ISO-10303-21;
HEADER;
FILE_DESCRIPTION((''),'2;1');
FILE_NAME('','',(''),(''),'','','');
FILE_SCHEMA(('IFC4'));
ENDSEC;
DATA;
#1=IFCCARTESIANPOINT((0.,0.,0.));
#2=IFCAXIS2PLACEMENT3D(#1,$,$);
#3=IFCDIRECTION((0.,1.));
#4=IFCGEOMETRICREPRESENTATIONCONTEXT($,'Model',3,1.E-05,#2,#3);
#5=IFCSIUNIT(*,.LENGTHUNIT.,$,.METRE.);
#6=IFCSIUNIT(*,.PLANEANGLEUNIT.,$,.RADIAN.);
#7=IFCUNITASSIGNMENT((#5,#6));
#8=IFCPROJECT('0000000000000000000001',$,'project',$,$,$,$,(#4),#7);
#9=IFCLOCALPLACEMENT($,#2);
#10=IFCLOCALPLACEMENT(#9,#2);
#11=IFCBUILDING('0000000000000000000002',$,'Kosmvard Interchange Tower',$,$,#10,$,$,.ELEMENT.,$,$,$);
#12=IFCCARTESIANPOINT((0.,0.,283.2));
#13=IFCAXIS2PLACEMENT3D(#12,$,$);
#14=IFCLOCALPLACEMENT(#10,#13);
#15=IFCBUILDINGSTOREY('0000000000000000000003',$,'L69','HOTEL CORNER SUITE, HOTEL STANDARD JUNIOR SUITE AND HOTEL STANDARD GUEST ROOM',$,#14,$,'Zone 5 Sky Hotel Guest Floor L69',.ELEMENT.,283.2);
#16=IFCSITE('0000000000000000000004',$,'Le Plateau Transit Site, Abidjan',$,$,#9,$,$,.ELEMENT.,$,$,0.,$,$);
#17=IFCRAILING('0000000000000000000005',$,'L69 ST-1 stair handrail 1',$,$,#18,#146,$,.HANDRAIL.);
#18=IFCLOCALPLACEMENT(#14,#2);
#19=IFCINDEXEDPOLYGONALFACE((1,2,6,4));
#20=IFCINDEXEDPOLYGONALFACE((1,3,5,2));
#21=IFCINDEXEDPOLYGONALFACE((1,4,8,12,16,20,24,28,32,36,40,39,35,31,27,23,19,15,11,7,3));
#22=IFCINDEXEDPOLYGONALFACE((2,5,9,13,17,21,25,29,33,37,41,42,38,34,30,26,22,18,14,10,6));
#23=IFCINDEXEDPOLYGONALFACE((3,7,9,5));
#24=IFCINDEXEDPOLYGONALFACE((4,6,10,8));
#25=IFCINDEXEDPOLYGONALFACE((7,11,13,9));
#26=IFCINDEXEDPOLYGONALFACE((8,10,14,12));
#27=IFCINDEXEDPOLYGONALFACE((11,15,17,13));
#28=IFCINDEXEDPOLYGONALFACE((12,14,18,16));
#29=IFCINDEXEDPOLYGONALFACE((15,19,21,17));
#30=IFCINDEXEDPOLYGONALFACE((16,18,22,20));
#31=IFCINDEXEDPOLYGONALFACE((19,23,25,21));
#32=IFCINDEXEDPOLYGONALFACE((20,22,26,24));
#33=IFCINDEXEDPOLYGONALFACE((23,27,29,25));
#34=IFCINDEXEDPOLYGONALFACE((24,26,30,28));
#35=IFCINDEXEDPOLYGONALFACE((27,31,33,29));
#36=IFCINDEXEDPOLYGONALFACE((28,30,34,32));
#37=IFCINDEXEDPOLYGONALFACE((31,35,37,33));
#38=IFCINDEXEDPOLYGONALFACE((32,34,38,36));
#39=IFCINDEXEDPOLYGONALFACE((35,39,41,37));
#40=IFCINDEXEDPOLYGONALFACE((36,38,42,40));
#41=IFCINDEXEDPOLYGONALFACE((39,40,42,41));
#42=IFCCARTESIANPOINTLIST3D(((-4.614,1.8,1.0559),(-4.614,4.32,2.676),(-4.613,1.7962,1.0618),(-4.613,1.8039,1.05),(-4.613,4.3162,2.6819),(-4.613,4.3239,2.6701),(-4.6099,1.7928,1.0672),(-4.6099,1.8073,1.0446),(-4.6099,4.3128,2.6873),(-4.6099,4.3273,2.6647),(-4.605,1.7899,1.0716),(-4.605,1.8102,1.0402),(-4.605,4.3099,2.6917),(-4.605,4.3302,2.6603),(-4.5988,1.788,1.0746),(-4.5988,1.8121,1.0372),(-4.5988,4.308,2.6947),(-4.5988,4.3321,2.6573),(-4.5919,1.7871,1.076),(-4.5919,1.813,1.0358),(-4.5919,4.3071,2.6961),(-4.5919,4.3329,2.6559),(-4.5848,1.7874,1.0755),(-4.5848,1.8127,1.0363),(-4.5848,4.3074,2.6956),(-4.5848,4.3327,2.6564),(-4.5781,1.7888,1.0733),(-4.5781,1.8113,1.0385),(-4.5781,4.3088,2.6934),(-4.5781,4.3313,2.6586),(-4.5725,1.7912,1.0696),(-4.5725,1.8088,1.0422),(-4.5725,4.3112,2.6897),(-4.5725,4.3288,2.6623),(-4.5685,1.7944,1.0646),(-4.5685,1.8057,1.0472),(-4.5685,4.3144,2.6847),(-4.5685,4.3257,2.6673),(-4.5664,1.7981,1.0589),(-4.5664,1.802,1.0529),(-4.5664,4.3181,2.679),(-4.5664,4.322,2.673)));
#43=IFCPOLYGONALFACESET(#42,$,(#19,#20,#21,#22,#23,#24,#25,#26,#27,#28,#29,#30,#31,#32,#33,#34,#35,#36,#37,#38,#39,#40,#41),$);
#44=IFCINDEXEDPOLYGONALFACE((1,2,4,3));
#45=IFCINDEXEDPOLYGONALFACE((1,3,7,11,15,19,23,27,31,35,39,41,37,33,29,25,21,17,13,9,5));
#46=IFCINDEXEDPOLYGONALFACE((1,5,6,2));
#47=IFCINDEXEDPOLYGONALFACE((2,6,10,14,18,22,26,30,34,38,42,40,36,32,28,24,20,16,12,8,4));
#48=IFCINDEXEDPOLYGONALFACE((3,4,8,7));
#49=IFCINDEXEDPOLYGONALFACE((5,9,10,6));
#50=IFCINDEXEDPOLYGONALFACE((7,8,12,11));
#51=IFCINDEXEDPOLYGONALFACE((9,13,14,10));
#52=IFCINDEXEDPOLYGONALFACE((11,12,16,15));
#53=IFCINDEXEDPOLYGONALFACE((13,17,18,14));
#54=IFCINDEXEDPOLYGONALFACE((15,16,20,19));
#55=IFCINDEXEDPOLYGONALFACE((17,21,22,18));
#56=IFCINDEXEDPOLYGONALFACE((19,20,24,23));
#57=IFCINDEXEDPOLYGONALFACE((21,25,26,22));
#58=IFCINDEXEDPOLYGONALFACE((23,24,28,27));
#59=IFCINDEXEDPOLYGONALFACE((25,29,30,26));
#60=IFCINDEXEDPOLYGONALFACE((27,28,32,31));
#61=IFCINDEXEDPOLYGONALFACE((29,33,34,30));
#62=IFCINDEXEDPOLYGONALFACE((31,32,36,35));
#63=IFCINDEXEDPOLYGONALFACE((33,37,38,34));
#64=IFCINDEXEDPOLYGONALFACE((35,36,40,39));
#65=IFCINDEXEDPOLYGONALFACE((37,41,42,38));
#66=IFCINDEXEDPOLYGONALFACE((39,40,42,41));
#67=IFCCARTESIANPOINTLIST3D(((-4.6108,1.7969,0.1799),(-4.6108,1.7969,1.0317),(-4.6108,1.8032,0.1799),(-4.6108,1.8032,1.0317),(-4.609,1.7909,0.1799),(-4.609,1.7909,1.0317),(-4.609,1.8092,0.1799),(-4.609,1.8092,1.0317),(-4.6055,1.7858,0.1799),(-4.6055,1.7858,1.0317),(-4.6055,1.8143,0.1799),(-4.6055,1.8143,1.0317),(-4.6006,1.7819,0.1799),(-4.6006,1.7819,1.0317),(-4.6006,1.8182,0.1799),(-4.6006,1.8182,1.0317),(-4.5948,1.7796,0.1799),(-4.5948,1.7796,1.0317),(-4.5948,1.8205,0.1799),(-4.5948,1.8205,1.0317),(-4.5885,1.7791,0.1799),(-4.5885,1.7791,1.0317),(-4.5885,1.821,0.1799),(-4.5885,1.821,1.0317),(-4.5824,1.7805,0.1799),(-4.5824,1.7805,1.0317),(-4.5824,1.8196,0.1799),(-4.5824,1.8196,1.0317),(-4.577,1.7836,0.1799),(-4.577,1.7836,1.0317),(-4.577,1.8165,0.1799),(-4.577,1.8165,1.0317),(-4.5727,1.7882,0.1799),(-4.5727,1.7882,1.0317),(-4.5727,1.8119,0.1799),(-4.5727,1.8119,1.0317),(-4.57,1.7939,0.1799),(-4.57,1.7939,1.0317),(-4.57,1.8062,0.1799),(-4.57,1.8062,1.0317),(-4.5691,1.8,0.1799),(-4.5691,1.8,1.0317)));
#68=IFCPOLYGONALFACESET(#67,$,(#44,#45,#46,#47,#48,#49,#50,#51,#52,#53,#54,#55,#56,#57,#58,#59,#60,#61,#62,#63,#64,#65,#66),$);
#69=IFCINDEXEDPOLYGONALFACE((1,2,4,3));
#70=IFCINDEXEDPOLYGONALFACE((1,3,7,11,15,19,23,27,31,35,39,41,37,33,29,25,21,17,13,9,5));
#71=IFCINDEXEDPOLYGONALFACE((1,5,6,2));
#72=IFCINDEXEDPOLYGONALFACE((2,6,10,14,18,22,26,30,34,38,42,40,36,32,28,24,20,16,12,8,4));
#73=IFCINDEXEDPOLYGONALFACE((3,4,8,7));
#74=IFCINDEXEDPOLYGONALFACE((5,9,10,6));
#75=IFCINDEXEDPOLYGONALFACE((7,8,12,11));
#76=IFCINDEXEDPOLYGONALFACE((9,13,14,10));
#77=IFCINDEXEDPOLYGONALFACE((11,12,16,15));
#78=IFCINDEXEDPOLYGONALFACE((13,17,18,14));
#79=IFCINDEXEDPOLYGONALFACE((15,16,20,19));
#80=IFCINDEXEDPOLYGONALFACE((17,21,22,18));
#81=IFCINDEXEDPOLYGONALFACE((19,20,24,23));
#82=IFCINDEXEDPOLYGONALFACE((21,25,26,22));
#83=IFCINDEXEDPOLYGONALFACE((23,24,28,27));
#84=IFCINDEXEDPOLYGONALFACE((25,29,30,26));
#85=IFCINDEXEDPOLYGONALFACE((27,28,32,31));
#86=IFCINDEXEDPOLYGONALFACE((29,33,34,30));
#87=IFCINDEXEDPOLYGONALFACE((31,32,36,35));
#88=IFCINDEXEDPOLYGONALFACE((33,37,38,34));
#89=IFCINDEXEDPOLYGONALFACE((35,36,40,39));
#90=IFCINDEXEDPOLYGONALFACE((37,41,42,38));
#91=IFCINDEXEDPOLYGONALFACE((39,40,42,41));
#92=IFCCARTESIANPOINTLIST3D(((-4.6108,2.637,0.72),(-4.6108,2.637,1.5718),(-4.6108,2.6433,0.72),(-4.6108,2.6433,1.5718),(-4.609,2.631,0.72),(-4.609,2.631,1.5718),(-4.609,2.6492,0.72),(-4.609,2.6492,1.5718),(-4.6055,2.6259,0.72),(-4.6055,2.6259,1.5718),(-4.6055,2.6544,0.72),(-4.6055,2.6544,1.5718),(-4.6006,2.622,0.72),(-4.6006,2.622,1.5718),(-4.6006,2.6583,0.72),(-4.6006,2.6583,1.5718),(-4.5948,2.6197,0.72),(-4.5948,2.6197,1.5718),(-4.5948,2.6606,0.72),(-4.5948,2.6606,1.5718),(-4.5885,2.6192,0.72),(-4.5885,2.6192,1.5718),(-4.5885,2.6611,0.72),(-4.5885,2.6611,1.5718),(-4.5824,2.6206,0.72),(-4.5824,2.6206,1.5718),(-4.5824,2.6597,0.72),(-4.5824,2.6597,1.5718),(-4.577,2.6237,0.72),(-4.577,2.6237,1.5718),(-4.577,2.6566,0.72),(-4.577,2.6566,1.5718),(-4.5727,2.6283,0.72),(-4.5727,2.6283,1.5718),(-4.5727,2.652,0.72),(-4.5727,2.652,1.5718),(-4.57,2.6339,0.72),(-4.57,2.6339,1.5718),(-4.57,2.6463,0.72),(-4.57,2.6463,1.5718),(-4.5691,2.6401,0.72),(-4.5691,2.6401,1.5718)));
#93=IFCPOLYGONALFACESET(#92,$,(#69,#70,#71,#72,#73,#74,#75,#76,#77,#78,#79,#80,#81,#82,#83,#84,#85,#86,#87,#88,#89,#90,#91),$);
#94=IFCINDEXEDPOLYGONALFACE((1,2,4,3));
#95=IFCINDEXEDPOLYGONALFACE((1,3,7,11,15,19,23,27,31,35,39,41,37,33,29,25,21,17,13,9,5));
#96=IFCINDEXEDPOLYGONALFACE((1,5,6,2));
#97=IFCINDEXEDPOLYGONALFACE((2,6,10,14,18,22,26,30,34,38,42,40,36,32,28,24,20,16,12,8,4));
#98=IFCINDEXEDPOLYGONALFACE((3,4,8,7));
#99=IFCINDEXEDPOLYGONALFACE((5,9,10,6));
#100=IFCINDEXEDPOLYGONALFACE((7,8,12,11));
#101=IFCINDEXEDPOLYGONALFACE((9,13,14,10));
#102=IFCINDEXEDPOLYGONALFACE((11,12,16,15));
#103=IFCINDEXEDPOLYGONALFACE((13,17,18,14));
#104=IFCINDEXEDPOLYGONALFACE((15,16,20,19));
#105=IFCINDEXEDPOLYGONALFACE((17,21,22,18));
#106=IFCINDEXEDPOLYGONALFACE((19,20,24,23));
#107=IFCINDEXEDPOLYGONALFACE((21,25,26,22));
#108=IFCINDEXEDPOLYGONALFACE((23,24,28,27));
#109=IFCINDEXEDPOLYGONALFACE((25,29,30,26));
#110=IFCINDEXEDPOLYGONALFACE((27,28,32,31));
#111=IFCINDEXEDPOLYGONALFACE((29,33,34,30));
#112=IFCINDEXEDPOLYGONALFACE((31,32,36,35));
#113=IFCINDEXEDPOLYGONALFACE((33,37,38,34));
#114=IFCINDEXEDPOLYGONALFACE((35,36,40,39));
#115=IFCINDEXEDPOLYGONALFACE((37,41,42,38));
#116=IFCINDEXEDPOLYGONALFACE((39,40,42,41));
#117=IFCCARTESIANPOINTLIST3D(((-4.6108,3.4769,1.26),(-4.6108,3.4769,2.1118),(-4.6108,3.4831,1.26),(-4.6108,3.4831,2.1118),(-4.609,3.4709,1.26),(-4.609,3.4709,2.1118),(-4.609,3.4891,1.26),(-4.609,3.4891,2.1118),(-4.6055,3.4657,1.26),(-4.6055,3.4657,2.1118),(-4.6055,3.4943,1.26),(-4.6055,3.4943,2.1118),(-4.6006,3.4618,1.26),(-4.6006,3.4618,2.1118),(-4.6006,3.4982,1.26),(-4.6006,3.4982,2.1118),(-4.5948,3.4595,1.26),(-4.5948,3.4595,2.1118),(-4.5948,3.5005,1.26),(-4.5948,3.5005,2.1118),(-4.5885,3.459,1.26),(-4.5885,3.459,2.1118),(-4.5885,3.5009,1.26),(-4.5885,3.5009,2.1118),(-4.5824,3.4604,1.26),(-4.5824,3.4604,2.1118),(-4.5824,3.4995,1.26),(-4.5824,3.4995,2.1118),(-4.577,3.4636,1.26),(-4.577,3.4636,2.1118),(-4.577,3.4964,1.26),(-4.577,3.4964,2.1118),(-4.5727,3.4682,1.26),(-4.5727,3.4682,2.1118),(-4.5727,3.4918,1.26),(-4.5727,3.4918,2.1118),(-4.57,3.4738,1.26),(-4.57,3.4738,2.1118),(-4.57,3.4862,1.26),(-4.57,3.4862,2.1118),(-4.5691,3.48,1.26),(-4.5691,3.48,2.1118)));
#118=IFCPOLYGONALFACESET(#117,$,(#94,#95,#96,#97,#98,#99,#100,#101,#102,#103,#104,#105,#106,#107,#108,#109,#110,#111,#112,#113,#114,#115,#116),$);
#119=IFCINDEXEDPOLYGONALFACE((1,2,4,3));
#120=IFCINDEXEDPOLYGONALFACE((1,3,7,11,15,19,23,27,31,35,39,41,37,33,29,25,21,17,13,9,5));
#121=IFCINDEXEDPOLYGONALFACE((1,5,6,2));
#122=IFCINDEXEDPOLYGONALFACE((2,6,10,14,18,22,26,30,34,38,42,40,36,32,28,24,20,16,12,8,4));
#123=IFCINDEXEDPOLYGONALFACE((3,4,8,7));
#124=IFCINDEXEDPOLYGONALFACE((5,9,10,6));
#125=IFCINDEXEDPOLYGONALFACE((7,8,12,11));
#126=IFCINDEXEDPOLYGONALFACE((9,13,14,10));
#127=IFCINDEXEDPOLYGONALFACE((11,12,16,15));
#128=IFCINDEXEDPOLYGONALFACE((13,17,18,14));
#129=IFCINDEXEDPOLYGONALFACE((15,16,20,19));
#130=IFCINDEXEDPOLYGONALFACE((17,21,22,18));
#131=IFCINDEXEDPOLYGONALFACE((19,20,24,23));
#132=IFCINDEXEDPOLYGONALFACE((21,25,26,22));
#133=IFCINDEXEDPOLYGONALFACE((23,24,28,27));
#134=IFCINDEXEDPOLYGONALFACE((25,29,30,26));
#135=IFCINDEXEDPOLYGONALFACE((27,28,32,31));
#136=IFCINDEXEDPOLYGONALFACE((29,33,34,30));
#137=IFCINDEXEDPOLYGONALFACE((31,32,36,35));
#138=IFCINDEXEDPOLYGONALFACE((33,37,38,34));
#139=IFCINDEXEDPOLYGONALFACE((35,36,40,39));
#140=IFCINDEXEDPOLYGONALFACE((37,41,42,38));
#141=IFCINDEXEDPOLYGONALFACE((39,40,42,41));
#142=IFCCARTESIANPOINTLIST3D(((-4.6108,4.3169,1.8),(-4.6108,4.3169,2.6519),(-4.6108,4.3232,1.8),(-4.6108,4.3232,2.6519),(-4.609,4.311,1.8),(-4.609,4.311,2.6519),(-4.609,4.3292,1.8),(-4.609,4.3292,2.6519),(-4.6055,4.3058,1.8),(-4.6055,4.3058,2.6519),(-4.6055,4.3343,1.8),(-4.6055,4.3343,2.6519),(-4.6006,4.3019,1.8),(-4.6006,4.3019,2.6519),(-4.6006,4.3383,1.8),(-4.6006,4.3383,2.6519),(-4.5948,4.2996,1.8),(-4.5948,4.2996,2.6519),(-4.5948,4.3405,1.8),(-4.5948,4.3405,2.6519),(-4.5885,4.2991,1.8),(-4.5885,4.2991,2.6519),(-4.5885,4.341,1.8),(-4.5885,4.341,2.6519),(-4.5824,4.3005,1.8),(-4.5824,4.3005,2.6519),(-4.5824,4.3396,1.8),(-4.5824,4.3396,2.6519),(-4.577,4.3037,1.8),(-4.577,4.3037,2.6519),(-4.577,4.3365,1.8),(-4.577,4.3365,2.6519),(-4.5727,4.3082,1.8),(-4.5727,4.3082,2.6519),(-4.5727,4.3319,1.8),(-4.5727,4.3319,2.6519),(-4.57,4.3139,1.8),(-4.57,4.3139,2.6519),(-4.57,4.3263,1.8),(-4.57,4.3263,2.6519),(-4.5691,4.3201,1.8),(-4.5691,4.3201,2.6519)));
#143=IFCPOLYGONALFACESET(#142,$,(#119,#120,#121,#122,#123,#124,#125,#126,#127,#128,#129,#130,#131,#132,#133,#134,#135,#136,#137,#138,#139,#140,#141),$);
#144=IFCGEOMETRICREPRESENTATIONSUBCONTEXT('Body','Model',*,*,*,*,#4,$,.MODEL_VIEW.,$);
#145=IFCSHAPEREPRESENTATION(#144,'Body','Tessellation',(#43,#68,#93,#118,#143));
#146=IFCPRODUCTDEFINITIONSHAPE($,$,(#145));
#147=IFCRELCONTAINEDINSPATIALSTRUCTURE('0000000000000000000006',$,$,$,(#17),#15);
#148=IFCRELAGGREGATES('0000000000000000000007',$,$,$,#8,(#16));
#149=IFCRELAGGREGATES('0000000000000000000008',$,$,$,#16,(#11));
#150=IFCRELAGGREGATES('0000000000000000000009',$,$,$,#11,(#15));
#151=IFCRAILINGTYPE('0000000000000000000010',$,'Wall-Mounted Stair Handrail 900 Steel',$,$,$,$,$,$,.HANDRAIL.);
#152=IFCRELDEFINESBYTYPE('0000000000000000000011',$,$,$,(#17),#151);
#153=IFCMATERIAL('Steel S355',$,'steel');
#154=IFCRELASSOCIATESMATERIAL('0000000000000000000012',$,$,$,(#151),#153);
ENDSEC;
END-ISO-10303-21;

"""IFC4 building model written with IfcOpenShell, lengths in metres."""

from ifc_helpers import new_model, si_unit, direction, frame, origin, origin_2d, place, context, subcontext, project, spatial, circle, extrude, source, transform, mapped, material, type_object, element, save


model = new_model("IFC4")

# Units and contexts
model_context = context("Model", 3, precision=1e-05, world=origin(), true_north=direction((0.0, 1.0)))
body_context = subcontext(model_context, "Body", "Model", "MODEL_VIEW")
ifc_project = project(units=[si_unit("LENGTHUNIT", "METRE"), si_unit("PLANEANGLEUNIT", "RADIAN")], contexts=[model_context])

# Site, building, storey
site_placement = place(None, origin())
site = spatial("IfcSite", under=ifc_project, at=site_placement, Name="Le Plateau Transit Site, Abidjan", CompositionType="ELEMENT", RefElevation=0.0)
building_placement = place(site_placement, origin())
building = spatial("IfcBuilding", under=site, at=building_placement, Name="Kosmvard Interchange Tower", CompositionType="ELEMENT")
storey_placement = place(building_placement, frame((0.0, 0.0, 283.2)))
storey = spatial("IfcBuildingStorey", under=building, at=storey_placement, Name="L69", Description="HOTEL CORNER SUITE, HOTEL STANDARD JUNIOR SUITE AND HOTEL STANDARD GUEST ROOM", LongName="Zone 5 Sky Hotel Guest Floor L69", CompositionType="ELEMENT", Elevation=283.2)

# Railing
ifc_material_1 = material(Name="Steel S355", Category="steel")
railing_type_1 = type_object("IfcRailingType", Name="Wall-Mounted Stair Handrail 900 Steel", PredefinedType="HANDRAIL", material=ifc_material_1)
shared_shape_1 = source(origin(), body_context, "Body", "SweptSolid", [
    extrude(circle(Radius=0.0239, at=origin_2d()), frame((0.0, 0.0, 0.876), z_axis=(0.0, 0.841163, 0.540782), x_axis=(-1.0, 0.0, 0.0)), (0.0, 0.0, 1.0), 2.9958),
    extrude(circle(Radius=0.021, at=origin_2d()), origin(), (0.0, 0.0, 1.0), 0.8518),
    extrude(circle(Radius=0.021, at=origin_2d()), frame((0.0, 0.8401, 0.54)), (0.0, 0.0, 1.0), 0.8518),
    extrude(circle(Radius=0.021, at=origin_2d()), frame((0.0, 1.6799, 1.0801)), (0.0, 0.0, 1.0), 0.8518),
    extrude(circle(Radius=0.021, at=origin_2d()), frame((0.0, 2.52, 1.6201)), (0.0, 0.0, 1.0), 0.8518),
])
railing_1_placement = place(storey_placement, frame((-4.5901, 1.8, 0.1799)))
element("IfcRailing", 1, at=railing_1_placement, inside=storey, type_object=railing_type_1, Name="L69 ST-1 stair handrail 1", PredefinedType="HANDRAIL", context=body_context, shape_type="MappedRepresentation", body=[
    mapped(shared_shape_1, transform((0.0, 0.0, 0.0), scale=1.0)),
])

save(model, "model.ifc")
